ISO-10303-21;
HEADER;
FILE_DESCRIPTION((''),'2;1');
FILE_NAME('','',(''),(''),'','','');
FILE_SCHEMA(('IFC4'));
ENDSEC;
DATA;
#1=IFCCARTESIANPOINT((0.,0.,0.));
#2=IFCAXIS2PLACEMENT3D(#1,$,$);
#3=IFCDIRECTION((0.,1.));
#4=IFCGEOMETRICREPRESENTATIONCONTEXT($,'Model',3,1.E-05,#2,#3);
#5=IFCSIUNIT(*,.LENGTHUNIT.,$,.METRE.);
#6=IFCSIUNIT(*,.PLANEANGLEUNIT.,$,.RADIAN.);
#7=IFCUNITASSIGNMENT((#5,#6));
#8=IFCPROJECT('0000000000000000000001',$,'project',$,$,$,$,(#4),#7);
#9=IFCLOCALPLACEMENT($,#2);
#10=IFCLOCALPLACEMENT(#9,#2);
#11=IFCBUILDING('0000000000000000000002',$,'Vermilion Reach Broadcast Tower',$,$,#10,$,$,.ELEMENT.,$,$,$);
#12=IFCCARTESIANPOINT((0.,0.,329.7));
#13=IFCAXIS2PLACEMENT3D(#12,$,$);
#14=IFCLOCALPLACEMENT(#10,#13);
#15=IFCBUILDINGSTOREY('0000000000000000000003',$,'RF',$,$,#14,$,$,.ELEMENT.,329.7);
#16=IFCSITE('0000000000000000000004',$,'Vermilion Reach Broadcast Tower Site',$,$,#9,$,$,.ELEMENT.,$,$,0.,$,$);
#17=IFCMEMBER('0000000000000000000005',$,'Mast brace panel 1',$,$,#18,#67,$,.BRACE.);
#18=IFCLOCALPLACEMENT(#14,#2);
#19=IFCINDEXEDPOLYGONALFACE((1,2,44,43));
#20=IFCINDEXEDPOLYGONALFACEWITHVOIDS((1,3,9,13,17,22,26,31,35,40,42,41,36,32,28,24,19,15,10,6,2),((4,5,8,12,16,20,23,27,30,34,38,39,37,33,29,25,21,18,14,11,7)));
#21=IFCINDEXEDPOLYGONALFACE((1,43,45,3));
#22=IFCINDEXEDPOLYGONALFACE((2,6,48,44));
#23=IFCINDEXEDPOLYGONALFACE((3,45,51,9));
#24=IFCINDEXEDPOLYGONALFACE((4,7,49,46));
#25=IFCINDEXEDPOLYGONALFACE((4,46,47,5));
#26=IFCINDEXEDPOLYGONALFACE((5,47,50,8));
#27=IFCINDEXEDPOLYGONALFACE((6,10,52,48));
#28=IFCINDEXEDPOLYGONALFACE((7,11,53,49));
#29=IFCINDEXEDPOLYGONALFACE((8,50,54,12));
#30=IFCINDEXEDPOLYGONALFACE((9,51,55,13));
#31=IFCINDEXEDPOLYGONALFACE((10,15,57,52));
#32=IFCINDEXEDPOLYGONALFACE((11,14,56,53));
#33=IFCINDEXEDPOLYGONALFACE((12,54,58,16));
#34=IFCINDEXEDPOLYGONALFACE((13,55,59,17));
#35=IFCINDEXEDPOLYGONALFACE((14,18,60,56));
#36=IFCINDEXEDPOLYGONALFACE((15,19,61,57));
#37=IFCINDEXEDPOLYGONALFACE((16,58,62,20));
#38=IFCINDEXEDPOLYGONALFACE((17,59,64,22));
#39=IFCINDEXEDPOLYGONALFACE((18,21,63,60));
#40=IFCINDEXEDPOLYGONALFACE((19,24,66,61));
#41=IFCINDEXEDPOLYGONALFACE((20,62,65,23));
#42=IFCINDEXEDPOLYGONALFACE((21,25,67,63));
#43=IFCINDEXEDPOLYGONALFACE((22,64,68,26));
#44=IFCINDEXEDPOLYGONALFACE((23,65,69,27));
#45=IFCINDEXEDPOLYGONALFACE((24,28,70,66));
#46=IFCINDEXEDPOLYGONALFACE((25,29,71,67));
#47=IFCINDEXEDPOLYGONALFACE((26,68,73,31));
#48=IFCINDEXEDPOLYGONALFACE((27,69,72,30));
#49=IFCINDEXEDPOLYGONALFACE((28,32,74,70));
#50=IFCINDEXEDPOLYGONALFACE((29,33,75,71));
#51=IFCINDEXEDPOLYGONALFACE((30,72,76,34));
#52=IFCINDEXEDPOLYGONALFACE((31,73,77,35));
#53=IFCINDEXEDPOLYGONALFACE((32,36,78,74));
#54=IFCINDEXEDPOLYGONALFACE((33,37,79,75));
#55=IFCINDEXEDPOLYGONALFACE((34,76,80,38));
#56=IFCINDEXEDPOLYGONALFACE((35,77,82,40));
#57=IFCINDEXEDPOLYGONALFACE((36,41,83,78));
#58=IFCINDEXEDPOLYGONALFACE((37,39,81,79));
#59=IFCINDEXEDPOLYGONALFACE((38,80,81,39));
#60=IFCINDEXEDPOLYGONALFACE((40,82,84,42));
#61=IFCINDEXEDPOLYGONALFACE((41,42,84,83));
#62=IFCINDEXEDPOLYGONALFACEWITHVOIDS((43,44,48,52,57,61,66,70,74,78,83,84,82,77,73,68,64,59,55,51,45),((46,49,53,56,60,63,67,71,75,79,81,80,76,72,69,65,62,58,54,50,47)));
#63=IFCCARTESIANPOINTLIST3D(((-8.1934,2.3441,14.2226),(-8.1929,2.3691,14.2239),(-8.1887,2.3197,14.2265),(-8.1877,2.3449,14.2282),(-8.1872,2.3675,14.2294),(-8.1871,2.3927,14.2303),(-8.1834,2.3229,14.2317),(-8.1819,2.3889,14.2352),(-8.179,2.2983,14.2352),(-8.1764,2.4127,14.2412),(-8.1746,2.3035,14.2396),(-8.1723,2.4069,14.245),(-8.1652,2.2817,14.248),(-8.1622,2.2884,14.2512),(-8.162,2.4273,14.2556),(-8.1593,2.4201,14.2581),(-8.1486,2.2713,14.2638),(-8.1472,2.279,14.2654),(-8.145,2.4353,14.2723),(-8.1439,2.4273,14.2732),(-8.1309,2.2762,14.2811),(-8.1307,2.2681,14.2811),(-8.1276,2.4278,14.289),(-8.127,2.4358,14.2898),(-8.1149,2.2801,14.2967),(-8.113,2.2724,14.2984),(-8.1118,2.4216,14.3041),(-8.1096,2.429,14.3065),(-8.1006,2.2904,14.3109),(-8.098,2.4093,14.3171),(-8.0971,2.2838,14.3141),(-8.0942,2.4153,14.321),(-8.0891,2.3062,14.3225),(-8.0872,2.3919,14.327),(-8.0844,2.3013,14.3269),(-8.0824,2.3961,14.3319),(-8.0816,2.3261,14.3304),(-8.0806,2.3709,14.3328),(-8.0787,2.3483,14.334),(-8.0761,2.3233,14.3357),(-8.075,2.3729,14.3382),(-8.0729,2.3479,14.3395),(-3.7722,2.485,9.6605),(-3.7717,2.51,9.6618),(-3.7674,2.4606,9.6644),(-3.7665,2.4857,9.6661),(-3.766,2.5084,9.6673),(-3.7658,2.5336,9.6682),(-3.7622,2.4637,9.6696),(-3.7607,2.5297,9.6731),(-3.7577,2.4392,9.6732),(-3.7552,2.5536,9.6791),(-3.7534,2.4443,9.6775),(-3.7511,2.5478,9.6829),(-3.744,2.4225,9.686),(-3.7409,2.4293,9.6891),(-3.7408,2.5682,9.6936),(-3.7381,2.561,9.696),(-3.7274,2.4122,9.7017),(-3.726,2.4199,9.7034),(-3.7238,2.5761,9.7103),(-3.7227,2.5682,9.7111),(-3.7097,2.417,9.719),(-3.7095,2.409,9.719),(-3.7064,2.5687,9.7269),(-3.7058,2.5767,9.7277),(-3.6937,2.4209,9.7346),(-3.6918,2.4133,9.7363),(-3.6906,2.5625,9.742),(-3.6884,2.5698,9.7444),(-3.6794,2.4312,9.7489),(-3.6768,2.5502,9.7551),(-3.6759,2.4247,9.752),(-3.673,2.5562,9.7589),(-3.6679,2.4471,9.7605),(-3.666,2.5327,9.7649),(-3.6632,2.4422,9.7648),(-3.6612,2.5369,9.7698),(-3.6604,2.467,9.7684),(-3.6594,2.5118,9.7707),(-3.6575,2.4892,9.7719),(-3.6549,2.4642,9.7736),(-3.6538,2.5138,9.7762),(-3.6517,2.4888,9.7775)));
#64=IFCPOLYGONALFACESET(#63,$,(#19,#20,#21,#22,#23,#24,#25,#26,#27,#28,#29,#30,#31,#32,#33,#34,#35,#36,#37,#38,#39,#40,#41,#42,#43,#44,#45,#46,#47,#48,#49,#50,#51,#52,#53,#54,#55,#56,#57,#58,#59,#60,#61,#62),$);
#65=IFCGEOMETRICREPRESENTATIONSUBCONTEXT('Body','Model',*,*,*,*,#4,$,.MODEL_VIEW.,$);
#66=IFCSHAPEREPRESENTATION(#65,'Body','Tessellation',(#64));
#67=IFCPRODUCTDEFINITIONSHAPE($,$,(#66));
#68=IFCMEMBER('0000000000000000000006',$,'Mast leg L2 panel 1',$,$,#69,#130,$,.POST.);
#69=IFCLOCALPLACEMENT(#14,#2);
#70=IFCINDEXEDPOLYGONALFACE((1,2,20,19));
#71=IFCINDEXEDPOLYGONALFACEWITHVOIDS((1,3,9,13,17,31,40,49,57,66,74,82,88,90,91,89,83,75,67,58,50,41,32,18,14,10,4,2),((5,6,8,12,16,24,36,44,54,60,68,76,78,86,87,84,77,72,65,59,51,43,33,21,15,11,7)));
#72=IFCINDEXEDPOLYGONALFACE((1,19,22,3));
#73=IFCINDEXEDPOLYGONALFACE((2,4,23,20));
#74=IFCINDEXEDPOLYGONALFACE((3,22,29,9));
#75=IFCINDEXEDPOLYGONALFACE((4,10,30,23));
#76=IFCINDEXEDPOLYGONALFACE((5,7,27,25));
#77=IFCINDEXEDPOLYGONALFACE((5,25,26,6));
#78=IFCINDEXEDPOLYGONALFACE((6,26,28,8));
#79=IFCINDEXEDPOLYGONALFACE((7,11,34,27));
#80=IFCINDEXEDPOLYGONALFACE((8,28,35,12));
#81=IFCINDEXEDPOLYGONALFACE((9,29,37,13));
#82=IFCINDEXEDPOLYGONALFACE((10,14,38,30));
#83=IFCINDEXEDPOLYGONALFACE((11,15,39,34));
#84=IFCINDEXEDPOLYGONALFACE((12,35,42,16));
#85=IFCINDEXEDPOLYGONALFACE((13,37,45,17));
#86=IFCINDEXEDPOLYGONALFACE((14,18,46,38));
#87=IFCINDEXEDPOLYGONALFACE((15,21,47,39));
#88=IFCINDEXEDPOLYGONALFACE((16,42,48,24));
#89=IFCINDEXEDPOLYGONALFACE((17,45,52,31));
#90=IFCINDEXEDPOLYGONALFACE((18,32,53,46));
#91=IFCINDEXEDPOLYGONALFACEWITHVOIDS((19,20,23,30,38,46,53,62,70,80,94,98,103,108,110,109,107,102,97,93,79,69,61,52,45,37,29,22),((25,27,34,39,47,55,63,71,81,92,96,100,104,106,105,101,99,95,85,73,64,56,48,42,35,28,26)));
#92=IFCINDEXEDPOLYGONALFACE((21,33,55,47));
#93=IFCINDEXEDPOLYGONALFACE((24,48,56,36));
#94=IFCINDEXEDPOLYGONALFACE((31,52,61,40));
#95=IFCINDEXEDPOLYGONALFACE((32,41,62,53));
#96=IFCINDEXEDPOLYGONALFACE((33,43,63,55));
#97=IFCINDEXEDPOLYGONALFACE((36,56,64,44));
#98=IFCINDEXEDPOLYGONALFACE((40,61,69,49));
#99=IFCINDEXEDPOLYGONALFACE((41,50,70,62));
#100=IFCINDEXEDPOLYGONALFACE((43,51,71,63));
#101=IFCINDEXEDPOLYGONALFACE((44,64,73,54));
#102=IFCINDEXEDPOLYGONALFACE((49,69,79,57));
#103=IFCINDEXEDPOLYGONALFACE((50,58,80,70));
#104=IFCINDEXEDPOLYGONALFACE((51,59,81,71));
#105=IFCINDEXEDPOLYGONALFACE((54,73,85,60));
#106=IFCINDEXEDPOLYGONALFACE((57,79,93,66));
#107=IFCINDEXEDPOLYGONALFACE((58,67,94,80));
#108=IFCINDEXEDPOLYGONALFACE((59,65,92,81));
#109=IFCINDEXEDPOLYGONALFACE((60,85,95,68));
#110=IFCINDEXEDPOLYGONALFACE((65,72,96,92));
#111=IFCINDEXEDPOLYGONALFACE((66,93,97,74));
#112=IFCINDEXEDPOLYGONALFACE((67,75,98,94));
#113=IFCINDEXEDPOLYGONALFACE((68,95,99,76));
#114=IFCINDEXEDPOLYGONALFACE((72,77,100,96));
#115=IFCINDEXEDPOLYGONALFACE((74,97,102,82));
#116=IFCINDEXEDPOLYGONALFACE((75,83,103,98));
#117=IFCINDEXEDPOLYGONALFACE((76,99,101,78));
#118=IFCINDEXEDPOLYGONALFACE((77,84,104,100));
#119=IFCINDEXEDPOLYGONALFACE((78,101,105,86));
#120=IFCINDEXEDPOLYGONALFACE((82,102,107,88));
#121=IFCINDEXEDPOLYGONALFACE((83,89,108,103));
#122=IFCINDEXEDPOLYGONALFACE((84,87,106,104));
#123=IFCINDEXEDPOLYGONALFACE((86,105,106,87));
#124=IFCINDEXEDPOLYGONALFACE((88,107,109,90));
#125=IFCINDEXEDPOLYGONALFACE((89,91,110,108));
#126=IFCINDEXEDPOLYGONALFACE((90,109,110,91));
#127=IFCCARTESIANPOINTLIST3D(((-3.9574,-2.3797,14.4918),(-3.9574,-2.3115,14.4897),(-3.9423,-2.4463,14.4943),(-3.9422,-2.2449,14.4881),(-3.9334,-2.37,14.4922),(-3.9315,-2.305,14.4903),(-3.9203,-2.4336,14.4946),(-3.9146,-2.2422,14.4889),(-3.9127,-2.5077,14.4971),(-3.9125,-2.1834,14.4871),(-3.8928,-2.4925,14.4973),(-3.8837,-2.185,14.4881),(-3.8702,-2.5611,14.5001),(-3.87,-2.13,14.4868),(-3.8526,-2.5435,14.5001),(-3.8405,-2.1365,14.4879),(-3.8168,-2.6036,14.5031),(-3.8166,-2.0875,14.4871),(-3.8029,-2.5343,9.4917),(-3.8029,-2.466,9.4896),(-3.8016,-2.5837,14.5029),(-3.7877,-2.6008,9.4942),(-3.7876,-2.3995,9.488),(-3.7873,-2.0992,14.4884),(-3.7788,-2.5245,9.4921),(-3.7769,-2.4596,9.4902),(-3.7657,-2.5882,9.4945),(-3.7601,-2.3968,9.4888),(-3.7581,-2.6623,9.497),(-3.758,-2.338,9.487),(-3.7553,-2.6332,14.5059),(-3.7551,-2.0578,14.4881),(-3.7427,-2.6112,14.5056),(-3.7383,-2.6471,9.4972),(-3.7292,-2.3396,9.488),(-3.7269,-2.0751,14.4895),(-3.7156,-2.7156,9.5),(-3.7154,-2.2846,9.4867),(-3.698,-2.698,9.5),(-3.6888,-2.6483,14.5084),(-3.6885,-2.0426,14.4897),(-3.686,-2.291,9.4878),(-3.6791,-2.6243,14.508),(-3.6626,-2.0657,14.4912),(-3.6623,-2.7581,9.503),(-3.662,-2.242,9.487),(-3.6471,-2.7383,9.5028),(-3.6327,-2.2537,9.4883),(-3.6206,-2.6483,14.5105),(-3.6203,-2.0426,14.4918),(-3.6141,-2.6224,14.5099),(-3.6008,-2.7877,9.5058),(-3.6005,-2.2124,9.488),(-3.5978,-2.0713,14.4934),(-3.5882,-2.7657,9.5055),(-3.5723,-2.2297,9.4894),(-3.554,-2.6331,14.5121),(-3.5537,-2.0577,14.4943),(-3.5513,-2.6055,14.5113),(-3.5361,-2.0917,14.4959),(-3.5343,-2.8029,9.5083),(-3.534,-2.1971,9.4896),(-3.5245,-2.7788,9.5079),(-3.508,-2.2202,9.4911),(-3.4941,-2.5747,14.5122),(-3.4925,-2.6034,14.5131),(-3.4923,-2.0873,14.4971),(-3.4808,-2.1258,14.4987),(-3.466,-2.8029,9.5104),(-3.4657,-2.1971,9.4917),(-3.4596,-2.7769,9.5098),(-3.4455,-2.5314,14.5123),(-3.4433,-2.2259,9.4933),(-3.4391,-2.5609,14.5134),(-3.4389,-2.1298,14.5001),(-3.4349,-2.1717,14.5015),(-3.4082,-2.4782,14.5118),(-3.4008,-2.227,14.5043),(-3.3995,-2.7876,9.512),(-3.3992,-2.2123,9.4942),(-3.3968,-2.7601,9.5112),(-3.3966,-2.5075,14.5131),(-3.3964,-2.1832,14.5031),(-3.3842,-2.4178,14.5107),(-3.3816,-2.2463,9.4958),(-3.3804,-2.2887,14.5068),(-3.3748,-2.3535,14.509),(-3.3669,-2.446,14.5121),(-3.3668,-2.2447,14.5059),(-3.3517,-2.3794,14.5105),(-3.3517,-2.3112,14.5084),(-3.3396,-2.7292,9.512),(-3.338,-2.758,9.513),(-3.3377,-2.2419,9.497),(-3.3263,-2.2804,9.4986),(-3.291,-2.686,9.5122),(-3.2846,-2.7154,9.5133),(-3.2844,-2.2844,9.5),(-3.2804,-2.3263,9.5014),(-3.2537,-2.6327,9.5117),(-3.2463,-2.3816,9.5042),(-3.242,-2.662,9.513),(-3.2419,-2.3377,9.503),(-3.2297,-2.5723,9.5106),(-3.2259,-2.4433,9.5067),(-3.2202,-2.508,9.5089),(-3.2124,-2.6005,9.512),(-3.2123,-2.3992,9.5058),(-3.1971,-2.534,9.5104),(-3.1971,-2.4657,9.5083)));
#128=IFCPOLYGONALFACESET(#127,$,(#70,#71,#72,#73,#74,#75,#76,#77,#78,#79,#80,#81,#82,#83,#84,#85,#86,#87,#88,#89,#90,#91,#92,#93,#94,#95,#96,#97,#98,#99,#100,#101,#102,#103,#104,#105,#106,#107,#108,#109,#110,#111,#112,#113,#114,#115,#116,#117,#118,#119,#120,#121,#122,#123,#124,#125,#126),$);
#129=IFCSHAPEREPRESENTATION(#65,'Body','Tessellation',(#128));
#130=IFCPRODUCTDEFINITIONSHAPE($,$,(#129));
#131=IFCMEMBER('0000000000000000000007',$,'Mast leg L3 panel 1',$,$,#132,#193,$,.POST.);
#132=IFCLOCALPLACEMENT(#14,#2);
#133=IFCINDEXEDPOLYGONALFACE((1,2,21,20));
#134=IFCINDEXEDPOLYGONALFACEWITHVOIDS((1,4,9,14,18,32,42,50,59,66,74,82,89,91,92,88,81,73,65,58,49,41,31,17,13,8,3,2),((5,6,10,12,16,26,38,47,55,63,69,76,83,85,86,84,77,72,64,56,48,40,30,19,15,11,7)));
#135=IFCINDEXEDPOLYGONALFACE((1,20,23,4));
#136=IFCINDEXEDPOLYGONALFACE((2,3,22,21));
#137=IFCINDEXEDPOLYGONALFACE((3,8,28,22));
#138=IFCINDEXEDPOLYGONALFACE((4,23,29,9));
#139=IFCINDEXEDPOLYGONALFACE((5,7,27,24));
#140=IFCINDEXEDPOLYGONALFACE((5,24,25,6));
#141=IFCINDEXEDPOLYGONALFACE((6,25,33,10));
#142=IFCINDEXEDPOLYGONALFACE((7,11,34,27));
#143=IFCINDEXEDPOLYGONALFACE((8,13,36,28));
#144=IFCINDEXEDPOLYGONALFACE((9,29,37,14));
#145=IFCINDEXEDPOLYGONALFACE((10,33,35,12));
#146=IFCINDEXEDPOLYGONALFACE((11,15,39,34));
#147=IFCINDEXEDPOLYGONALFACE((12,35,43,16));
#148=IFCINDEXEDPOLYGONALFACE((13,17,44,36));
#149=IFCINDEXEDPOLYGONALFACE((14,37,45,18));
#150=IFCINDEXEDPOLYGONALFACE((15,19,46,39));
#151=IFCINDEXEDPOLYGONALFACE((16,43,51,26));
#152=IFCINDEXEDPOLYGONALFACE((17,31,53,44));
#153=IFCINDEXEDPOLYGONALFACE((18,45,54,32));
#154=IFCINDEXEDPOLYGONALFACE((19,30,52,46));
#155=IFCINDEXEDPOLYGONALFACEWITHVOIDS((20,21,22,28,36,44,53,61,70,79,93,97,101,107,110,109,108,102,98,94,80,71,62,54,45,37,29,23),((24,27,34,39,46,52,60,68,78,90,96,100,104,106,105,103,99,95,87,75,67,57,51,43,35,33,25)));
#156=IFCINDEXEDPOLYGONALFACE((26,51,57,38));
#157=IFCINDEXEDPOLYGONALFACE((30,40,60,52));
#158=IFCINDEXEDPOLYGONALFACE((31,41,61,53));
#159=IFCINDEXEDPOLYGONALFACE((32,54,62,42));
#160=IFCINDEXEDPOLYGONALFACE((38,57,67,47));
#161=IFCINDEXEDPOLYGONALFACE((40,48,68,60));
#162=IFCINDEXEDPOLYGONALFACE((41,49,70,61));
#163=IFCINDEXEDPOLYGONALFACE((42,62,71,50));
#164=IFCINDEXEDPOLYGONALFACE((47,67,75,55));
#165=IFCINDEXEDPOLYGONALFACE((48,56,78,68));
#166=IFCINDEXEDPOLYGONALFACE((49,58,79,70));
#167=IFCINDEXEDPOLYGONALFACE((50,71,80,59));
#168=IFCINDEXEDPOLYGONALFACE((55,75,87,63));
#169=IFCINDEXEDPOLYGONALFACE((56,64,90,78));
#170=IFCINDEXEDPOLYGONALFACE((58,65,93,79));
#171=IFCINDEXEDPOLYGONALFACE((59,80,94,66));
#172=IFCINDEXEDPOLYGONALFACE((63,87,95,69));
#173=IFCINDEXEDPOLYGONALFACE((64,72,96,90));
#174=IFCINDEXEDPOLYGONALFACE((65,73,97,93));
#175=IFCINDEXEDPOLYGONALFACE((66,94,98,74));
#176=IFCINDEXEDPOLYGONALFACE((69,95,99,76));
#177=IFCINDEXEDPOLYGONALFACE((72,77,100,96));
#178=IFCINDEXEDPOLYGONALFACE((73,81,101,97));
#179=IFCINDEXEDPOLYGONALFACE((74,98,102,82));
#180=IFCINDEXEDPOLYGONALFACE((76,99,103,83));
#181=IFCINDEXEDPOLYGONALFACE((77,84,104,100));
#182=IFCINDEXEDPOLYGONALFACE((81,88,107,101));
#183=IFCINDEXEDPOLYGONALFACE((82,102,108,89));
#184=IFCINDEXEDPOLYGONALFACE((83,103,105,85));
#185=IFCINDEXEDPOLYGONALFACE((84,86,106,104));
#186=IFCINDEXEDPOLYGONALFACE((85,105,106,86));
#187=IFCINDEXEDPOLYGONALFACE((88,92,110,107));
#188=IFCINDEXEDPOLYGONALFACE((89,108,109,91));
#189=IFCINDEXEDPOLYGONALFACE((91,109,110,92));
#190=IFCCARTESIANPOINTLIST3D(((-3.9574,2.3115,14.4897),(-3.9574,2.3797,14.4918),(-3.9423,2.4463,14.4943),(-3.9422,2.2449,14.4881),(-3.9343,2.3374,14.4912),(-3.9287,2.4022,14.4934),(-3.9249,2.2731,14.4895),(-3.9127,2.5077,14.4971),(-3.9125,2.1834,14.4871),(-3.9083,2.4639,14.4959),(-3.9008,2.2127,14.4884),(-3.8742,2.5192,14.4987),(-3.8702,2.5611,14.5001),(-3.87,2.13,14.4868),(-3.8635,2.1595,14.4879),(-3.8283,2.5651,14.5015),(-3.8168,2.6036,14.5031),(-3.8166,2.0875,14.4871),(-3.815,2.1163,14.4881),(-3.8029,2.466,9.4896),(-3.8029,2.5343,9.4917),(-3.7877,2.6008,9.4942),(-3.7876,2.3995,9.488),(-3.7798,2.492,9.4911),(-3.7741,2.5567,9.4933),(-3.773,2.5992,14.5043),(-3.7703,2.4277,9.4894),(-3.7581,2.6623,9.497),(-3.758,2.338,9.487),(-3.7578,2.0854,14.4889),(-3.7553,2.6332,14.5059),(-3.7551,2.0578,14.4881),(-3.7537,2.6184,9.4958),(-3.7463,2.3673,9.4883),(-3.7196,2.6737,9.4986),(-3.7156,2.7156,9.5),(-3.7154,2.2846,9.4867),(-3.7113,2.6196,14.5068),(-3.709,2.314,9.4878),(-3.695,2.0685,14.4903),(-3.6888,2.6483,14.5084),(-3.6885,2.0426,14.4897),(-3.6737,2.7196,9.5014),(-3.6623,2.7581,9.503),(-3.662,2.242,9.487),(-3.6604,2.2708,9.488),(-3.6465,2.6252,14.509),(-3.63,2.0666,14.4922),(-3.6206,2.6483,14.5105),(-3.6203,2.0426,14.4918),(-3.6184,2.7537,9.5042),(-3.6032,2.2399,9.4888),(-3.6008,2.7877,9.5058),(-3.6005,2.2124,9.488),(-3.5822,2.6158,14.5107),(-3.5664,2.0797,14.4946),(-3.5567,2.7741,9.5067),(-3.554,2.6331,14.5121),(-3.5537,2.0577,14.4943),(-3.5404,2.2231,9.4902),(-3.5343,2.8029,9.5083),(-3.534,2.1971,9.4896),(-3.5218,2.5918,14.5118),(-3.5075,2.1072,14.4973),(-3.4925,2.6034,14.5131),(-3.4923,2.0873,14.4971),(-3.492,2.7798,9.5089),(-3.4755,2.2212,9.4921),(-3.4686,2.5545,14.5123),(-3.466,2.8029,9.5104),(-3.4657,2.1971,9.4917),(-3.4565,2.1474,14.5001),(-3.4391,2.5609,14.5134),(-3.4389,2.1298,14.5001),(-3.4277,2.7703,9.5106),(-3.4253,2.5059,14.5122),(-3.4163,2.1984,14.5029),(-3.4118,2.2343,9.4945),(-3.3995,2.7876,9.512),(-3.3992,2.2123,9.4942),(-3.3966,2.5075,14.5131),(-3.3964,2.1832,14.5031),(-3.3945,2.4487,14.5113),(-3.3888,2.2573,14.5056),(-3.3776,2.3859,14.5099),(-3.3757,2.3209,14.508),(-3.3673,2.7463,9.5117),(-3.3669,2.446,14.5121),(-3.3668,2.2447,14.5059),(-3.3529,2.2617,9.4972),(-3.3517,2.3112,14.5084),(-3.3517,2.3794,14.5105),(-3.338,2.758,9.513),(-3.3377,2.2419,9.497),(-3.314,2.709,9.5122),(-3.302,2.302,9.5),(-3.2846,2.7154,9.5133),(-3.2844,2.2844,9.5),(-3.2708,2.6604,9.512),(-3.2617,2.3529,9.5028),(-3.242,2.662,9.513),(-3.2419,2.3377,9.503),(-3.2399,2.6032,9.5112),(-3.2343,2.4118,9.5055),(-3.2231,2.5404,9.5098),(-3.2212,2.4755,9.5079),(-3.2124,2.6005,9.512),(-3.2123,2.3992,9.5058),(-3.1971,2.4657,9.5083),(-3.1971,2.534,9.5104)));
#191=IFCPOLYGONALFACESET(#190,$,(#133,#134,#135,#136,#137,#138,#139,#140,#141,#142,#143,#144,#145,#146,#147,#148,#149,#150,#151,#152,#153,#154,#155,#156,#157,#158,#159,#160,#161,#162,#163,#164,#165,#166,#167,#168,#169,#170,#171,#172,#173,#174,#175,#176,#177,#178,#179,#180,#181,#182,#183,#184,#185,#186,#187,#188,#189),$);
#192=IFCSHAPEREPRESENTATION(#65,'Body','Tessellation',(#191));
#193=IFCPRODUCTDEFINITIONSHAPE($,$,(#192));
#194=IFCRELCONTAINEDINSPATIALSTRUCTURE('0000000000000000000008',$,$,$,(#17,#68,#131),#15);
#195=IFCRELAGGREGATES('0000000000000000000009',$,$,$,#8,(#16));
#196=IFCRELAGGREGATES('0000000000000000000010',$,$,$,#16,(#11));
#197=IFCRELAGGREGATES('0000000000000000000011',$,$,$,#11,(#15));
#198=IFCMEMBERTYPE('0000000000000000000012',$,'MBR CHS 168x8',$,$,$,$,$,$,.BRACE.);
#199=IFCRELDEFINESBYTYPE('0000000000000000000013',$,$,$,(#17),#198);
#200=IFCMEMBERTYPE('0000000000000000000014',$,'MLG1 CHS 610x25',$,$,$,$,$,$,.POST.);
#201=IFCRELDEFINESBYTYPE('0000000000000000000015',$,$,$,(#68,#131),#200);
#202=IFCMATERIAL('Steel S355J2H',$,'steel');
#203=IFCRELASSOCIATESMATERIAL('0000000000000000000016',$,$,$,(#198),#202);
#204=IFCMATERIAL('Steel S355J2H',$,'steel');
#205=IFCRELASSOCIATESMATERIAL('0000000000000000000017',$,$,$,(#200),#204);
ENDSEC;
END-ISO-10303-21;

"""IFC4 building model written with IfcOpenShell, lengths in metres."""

from ifc_helpers import new_model, si_unit, direction, frame, origin, origin_2d, place, context, subcontext, project, spatial, hollow_circle, extrude, material, material_profile, profile_set, type_object, element, save


model = new_model("IFC4")

# Units and contexts
model_context = context("Model", 3, precision=1e-05, world=origin(), true_north=direction((0.0, 1.0)))
body_context = subcontext(model_context, "Body", "Model", "MODEL_VIEW")
ifc_project = project(units=[si_unit("LENGTHUNIT", "METRE"), si_unit("PLANEANGLEUNIT", "RADIAN")], contexts=[model_context])

# Site, building, storey
site_placement = place(None, origin())
site = spatial("IfcSite", under=ifc_project, at=site_placement, Name="Vermilion Reach Broadcast Tower Site", CompositionType="ELEMENT", RefElevation=0.0)
building_placement = place(site_placement, origin())
building = spatial("IfcBuilding", under=site, at=building_placement, Name="Vermilion Reach Broadcast Tower", CompositionType="ELEMENT")
storey_placement = place(building_placement, frame((0.0, 0.0, 329.7)))
storey = spatial("IfcBuildingStorey", under=building, at=storey_placement, Name="RF", CompositionType="ELEMENT", Elevation=329.7)

# Members
ifc_material_1 = material(Name="Steel S355J2H", Category="steel")
ifc_material_profile_1 = material_profile(ifc_material_1, hollow_circle(Radius=0.0842, WallThickness=0.0081, at=origin_2d()), Name="S355J2H CHS 168x8")
ifc_profile_set_1 = profile_set([ifc_material_profile_1], Name="Steel S355J2H")
member_type_1 = type_object("IfcMemberType", Name="MBR CHS 168x8", PredefinedType="BRACE", material=ifc_profile_set_1)
member_1_placement = place(storey_placement, frame((-3.7122, 2.4932, 9.719), z_axis=(-0.695762, -0.022169, 0.71793), x_axis=(0.031846, -0.999493, 0.0)))
element("IfcMember", 1, at=member_1_placement, inside=storey, type_object=member_type_1, Name="Mast brace panel 1", PredefinedType="BRACE", context=body_context, shape_type="SweptSolid", body=[
    extrude(hollow_circle(Radius=0.0842, WallThickness=0.0081, at=origin_2d()), origin(), (0.0, 0.0, 1.0), 6.3545),
])
ifc_material_2 = material(Name="Steel S355J2H", Category="steel")
ifc_material_profile_2 = material_profile(ifc_material_2, hollow_circle(Radius=0.3049, WallThickness=0.0249, at=origin_2d()), Name="S355J2H CHS 610x25")
ifc_profile_set_2 = profile_set([ifc_material_profile_2], Name="Steel S355J2H")
member_type_2 = type_object("IfcMemberType", Name="MLG1 CHS 610x25", PredefinedType="POST", material=ifc_profile_set_2)
for number, where, z_axis, x_axis, name in (
    (2, (-3.5, -2.5, 9.5), (-0.030879, 0.030879, 0.999046), (-0.707107, -0.707107, 0.0), "Mast leg L2 panel 1"),
    (3, (-3.5, 2.5, 9.5), (-0.030879, -0.030879, 0.999046), (0.707107, -0.707107, 0.0), "Mast leg L3 panel 1"),
):
    element("IfcMember", number, at=place(storey_placement, frame(where, z_axis=z_axis, x_axis=x_axis)), inside=storey, type_object=member_type_2, Name=name, PredefinedType="POST", context=body_context, shape_type="SweptSolid", body=[
        extrude(hollow_circle(Radius=0.3049, WallThickness=0.0249, at=origin_2d()), origin(), (0.0, 0.0, 1.0), 5.0049),
    ])

save(model, "model.ifc")
